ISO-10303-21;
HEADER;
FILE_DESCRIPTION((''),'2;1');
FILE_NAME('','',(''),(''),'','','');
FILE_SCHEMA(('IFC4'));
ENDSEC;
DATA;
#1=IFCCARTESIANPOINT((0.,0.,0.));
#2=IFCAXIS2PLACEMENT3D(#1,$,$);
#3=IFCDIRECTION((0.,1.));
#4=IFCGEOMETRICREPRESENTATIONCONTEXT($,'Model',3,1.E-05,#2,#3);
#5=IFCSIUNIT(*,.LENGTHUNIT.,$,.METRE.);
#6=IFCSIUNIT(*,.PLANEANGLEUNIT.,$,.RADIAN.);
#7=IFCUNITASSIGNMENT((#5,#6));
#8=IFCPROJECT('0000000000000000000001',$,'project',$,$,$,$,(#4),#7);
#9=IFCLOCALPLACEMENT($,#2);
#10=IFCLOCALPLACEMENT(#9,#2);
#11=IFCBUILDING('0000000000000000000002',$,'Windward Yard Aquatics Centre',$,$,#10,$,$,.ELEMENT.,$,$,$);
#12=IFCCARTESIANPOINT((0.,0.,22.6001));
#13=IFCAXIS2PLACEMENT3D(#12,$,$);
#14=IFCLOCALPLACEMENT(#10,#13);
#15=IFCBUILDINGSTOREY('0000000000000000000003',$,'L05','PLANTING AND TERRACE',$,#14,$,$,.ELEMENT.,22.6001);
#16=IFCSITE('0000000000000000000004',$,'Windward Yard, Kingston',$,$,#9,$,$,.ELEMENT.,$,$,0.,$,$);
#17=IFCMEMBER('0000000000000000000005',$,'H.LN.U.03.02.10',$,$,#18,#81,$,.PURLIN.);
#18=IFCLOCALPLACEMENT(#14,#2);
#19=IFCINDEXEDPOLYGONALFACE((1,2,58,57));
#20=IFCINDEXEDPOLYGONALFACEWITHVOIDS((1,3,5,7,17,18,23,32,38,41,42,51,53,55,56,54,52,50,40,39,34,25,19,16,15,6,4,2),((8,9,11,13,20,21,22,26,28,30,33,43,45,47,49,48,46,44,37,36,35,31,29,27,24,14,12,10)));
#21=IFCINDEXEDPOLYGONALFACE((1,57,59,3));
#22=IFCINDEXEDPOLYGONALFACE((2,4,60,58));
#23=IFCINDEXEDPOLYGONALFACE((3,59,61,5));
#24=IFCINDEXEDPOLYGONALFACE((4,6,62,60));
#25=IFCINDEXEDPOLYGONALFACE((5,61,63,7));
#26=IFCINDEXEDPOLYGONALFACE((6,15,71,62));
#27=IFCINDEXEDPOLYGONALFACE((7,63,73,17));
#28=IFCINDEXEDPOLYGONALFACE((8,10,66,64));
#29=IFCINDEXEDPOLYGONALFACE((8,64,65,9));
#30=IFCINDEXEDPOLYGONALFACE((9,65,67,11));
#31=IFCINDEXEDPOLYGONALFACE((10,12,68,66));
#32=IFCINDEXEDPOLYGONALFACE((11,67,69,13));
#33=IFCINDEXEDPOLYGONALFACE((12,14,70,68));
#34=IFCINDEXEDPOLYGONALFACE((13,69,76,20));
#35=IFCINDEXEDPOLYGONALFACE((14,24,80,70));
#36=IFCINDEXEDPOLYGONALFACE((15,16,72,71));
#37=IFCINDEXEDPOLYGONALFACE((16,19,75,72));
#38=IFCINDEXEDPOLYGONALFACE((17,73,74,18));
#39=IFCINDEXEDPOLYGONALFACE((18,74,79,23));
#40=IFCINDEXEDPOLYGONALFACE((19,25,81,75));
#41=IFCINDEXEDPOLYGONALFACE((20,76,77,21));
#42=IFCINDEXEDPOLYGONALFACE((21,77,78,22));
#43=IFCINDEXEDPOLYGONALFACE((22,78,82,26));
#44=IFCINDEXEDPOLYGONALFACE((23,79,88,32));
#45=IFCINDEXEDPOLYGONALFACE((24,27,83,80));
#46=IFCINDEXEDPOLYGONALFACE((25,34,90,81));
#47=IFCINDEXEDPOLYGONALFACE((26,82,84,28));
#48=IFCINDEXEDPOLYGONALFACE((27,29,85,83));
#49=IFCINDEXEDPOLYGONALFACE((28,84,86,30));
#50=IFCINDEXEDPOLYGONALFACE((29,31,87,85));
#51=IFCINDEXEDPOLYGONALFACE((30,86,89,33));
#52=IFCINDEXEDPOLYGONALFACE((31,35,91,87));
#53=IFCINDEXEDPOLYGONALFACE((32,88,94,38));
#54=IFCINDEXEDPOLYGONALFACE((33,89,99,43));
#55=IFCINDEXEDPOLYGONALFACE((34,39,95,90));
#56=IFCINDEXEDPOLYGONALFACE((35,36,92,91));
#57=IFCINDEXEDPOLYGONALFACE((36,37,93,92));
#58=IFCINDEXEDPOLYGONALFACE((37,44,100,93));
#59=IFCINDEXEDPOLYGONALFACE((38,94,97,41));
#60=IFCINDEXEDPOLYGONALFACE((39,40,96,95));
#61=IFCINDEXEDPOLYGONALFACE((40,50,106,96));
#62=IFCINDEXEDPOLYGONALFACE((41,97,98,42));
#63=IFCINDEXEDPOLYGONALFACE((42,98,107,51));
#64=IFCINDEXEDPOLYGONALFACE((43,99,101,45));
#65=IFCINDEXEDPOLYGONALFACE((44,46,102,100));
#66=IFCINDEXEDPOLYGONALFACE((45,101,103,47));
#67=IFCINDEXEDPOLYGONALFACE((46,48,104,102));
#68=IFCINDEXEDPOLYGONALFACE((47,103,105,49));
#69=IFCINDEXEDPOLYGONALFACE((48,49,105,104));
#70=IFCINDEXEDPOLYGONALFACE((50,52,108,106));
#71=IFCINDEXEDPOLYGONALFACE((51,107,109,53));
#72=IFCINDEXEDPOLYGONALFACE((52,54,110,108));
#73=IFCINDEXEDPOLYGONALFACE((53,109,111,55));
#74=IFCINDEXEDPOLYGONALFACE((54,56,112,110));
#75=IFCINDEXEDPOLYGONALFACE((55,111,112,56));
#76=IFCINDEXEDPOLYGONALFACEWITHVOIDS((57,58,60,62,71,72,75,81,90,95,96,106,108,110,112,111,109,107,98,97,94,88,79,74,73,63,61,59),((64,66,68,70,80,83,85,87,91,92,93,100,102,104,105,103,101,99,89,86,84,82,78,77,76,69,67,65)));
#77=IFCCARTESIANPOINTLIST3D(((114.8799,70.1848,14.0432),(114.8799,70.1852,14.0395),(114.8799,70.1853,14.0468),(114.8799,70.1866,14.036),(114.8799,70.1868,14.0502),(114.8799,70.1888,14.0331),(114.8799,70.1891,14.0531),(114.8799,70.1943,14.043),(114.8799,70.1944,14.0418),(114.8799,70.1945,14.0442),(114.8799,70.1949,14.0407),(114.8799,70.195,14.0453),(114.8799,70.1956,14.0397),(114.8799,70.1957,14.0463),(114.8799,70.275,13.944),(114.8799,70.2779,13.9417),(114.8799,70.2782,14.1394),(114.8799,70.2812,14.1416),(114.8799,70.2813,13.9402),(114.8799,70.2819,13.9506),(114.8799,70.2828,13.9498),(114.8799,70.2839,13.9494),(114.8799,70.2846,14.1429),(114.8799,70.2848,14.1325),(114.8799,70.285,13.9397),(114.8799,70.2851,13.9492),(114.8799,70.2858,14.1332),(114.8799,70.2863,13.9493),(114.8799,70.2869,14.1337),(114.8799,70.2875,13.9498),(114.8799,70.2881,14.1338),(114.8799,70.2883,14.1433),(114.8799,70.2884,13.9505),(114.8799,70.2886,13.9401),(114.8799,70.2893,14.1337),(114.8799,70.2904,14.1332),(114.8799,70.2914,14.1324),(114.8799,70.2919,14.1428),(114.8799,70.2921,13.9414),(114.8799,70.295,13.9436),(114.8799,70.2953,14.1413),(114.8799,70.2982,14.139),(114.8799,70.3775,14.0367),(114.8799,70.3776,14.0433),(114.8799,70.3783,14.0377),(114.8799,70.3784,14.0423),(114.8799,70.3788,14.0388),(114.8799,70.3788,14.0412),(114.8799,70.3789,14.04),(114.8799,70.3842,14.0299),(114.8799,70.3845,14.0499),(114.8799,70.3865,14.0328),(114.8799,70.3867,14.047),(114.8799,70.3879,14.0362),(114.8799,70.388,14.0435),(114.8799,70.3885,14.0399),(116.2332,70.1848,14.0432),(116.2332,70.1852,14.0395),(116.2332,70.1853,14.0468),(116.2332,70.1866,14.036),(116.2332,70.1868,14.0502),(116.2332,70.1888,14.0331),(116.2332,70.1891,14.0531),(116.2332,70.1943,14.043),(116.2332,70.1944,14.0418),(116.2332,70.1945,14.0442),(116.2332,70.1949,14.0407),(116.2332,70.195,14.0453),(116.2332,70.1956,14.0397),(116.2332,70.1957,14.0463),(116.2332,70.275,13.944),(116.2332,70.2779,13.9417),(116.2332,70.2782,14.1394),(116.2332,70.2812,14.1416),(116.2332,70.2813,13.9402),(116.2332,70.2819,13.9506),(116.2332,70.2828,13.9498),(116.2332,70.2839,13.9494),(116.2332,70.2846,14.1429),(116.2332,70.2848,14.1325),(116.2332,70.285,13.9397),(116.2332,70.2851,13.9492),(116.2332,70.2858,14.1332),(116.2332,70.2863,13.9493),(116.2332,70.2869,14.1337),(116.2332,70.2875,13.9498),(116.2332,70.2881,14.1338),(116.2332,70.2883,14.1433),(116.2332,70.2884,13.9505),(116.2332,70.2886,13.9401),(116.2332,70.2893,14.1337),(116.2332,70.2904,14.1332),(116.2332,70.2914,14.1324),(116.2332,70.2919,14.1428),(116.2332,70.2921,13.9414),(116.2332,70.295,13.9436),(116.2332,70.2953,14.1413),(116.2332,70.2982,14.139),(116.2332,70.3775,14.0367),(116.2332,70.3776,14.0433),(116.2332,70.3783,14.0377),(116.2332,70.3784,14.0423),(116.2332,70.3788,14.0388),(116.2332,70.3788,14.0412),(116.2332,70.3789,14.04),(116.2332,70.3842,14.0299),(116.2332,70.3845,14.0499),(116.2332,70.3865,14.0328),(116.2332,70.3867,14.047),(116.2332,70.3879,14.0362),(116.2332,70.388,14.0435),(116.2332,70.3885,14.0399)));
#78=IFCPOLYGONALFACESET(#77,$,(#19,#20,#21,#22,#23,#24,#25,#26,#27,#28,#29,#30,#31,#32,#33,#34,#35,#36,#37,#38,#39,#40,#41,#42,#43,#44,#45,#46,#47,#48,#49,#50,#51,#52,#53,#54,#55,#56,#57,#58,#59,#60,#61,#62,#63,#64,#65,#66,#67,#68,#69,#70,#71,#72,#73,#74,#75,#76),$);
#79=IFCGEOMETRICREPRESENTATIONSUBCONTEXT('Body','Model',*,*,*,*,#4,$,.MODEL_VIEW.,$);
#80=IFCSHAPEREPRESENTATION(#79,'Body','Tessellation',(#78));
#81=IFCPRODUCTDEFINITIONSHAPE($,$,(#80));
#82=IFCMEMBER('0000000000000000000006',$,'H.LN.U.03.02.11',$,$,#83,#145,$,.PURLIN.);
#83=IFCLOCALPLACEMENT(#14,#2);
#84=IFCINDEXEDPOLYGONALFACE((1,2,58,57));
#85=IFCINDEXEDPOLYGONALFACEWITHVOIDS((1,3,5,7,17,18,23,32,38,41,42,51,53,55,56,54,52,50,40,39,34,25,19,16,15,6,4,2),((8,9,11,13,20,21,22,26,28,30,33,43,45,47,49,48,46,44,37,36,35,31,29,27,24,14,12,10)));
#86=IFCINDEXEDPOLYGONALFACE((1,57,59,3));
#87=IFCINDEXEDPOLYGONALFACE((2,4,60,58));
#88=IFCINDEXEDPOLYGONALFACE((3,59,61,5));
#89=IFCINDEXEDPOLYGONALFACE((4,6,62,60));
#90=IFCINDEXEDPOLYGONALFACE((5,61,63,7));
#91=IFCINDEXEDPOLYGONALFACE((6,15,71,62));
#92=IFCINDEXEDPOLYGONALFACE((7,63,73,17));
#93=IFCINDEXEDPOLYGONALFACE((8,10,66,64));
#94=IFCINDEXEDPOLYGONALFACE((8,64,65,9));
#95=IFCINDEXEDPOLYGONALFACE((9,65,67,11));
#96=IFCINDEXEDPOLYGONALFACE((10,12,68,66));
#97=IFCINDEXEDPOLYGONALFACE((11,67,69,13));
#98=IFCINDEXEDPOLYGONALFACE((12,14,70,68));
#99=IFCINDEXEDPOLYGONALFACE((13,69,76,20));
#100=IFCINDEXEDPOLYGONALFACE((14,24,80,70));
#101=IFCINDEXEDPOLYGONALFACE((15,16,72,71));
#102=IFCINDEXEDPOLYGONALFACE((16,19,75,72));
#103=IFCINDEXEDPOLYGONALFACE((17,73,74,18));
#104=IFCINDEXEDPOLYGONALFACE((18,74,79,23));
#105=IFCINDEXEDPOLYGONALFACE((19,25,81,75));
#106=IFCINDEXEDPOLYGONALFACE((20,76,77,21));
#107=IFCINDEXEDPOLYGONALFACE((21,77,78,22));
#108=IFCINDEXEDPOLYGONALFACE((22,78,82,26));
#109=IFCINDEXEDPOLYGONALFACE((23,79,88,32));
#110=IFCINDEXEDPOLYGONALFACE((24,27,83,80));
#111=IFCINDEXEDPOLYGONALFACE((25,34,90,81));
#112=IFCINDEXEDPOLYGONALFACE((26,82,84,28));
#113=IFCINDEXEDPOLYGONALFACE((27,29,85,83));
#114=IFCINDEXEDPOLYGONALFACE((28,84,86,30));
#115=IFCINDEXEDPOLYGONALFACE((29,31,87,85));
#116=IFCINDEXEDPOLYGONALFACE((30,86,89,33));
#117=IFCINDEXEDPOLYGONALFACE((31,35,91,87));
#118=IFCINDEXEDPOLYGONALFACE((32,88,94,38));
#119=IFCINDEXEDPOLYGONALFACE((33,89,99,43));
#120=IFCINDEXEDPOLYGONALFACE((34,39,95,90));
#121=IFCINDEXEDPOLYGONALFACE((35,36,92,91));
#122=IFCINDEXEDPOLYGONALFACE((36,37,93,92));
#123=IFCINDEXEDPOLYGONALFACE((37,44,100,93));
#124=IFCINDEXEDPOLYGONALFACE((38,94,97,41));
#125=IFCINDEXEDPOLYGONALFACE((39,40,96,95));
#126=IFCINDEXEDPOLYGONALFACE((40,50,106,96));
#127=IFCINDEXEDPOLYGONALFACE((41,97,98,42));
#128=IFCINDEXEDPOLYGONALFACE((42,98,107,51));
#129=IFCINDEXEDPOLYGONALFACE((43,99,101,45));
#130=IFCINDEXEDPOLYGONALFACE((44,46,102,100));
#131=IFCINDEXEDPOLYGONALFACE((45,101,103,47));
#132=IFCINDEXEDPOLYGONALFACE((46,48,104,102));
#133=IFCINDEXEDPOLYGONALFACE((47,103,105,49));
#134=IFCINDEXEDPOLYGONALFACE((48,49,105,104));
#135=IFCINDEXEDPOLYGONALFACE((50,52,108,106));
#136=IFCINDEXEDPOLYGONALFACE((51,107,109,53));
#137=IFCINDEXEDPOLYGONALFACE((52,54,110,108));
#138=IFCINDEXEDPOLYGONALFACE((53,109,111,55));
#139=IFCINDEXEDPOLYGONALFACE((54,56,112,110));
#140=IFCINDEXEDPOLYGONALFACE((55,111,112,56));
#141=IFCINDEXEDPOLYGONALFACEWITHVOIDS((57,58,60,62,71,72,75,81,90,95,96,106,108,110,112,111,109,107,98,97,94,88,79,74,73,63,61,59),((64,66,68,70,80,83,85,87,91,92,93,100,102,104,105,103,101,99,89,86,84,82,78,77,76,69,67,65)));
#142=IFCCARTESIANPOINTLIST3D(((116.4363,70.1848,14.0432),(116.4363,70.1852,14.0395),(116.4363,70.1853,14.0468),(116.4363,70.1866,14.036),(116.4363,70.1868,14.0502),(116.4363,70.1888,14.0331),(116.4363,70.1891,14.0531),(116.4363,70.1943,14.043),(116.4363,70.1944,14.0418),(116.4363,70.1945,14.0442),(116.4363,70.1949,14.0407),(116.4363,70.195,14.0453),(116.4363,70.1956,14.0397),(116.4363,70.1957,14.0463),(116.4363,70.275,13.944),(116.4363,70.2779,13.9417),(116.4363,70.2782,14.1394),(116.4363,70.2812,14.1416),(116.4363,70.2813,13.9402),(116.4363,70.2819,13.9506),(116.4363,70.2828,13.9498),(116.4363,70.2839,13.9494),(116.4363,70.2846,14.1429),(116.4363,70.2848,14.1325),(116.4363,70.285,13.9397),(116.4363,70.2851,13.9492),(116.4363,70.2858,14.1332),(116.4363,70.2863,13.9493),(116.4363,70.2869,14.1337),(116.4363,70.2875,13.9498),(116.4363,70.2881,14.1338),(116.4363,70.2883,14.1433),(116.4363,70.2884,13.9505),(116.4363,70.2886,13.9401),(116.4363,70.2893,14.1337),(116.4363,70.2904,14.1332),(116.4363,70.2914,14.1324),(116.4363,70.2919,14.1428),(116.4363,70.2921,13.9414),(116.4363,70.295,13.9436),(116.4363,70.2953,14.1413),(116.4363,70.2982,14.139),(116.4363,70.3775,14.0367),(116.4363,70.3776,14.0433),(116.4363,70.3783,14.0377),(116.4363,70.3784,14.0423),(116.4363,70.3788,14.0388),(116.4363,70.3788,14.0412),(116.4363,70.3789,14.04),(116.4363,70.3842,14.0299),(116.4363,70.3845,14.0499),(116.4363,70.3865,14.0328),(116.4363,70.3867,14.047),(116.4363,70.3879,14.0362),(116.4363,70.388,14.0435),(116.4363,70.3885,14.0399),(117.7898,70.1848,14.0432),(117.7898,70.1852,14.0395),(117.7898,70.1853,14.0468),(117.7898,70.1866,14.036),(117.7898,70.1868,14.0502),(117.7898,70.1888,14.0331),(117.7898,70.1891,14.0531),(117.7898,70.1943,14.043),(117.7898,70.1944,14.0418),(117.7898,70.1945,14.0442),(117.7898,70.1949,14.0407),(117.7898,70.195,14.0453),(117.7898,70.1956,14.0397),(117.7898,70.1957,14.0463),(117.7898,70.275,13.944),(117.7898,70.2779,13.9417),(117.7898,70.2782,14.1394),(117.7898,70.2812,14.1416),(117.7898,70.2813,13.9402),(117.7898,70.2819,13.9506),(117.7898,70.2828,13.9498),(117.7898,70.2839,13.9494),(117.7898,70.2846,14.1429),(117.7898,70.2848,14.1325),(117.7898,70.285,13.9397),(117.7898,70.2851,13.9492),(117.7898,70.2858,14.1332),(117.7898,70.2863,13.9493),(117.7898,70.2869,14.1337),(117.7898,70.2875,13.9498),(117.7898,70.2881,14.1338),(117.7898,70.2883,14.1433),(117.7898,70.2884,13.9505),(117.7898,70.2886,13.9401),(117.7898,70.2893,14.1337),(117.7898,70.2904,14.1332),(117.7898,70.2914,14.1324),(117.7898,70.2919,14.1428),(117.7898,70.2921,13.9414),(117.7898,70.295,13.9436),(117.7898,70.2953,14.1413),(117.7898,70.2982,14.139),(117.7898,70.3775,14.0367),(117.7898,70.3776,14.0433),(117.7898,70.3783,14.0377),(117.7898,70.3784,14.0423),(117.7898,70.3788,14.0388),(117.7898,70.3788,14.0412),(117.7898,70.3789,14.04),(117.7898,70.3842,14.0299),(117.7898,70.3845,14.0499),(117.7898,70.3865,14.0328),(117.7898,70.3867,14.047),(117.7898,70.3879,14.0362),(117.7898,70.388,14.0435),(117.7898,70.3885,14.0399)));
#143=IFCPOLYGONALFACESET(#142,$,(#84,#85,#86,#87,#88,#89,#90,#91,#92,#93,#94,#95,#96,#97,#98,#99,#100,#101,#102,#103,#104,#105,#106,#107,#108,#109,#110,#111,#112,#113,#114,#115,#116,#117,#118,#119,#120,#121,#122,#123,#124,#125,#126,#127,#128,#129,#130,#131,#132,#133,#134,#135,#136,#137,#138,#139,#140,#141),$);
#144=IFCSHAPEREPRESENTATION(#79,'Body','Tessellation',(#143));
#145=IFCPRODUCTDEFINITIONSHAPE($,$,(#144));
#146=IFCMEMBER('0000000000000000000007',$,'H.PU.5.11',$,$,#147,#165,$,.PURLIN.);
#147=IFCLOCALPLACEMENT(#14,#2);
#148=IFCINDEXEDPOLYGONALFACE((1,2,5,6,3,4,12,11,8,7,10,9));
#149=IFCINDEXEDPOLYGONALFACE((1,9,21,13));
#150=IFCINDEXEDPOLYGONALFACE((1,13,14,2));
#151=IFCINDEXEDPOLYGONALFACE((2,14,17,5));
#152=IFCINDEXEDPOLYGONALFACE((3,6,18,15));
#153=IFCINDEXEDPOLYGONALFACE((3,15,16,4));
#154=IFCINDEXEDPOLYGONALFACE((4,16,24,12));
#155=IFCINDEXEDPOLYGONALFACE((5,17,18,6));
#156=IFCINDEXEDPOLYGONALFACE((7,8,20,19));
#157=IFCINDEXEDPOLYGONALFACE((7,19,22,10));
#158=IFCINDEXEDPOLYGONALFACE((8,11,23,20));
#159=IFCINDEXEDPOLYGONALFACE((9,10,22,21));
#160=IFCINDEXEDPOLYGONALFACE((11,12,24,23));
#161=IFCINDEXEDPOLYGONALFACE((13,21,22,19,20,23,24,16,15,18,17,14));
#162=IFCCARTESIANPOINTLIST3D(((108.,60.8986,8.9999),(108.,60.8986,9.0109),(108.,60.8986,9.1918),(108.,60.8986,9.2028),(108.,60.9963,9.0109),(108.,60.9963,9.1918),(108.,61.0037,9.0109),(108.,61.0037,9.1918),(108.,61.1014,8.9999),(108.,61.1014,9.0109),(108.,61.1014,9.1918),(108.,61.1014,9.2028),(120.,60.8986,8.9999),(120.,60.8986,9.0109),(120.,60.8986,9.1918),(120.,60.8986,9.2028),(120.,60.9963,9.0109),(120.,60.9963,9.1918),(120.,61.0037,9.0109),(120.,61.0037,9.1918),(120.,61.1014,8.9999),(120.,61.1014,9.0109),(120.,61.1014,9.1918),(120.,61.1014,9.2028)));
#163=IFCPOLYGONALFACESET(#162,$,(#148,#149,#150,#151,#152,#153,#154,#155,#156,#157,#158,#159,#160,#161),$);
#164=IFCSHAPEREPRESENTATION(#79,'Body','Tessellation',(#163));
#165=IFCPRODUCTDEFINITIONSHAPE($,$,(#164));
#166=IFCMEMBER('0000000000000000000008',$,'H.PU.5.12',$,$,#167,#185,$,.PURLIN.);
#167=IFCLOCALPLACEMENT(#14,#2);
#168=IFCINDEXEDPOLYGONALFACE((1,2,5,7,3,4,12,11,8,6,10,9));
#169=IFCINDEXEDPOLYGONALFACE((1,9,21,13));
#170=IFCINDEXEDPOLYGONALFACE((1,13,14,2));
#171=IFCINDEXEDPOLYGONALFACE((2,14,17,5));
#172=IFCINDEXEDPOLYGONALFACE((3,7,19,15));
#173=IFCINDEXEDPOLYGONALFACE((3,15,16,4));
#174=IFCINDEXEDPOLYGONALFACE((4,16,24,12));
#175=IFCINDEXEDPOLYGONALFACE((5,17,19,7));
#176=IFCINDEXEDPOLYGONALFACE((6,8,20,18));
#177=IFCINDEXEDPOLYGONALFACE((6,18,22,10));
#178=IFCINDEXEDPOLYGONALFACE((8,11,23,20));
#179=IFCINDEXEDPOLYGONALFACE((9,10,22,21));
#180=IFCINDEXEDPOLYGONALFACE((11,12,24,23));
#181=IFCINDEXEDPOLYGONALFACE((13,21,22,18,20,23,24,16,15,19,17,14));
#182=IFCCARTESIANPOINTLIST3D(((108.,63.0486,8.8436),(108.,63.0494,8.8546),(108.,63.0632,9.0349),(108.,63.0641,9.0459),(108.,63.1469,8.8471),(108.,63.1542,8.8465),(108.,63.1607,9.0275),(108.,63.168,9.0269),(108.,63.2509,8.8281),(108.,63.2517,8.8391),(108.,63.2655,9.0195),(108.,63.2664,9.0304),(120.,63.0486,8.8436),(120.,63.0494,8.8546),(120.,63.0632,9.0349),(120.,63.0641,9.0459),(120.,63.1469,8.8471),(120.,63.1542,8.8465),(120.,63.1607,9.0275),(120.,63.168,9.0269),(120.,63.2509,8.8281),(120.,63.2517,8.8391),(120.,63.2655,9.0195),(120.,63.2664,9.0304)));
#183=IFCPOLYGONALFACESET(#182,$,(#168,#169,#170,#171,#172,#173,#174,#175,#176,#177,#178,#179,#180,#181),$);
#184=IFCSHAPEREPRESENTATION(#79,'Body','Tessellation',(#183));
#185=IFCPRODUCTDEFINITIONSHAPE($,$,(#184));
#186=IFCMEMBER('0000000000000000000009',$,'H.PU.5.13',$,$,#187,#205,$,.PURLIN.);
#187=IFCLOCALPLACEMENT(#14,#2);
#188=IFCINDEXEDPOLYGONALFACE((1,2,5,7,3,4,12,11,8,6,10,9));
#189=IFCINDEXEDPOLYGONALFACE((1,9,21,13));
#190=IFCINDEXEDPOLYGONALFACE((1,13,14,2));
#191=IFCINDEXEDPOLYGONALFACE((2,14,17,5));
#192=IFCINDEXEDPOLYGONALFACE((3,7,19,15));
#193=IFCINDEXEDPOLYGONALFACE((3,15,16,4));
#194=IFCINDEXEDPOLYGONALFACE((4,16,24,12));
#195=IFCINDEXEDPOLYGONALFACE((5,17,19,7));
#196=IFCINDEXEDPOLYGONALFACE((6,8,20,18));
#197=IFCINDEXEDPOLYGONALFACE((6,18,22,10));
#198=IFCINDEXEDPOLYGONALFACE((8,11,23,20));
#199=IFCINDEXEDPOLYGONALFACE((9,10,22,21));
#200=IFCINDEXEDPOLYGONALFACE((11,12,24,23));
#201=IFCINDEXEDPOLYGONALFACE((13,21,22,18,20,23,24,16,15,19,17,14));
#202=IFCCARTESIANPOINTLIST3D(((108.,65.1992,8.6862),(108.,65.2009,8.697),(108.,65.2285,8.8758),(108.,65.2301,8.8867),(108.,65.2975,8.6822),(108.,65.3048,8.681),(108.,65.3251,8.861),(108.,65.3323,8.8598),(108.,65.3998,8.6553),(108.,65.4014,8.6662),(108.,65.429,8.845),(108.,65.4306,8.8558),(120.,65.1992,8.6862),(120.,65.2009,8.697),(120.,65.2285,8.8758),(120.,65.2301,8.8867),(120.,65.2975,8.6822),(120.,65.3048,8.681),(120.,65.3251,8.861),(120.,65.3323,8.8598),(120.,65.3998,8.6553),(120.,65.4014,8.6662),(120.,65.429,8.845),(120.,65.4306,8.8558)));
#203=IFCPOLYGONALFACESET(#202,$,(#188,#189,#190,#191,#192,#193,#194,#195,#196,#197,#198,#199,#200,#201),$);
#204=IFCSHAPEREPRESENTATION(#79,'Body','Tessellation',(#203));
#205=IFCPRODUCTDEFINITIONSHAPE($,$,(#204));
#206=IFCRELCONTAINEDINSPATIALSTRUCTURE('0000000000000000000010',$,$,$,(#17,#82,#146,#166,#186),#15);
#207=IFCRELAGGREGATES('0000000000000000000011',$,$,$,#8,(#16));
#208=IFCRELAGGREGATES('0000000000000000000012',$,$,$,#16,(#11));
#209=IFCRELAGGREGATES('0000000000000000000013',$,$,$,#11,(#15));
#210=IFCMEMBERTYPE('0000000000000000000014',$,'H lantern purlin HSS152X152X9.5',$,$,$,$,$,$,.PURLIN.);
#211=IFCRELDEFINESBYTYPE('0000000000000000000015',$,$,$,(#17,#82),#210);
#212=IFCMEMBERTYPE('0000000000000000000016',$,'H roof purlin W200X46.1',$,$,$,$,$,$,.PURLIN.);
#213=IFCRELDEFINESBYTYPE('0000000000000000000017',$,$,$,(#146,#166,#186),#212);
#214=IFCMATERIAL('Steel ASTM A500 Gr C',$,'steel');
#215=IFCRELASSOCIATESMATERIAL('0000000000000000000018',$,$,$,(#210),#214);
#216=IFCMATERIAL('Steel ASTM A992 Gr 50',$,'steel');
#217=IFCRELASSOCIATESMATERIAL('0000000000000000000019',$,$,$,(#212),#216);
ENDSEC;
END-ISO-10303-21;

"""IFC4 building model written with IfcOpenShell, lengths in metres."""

from ifc_helpers import new_model, si_unit, direction, frame, origin, origin_2d, place, context, subcontext, project, spatial, hollow_rectangle, i_section, extrude, material, material_profile, profile_set, type_object, element, save


model = new_model("IFC4")

# Units and contexts
model_context = context("Model", 3, precision=1e-05, world=origin(), true_north=direction((0.0, 1.0)))
body_context = subcontext(model_context, "Body", "Model", "MODEL_VIEW")
ifc_project = project(units=[si_unit("LENGTHUNIT", "METRE"), si_unit("PLANEANGLEUNIT", "RADIAN")], contexts=[model_context])

# Site, building, storey
site_placement = place(None, origin())
site = spatial("IfcSite", under=ifc_project, at=site_placement, Name="Windward Yard, Kingston", CompositionType="ELEMENT", RefElevation=0.0)
building_placement = place(site_placement, origin())
building = spatial("IfcBuilding", under=site, at=building_placement, Name="Windward Yard Aquatics Centre", CompositionType="ELEMENT")
storey_placement = place(building_placement, frame((0.0, 0.0, 22.6001)))
storey = spatial("IfcBuildingStorey", under=building, at=storey_placement, Name="L05", Description="PLANTING AND TERRACE", CompositionType="ELEMENT", Elevation=22.6001)

# Members
ifc_material_1 = material(Name="Steel ASTM A500 Gr C", Category="steel")
ifc_material_profile_1 = material_profile(ifc_material_1, hollow_rectangle(XDim=0.1523, YDim=0.1523, WallThickness=0.0095, InnerFilletRadius=0.0046, OuterFilletRadius=0.0142, at=origin_2d()), Name="HSS152X152X9.5")
ifc_profile_set_1 = profile_set([ifc_material_profile_1], Name="Steel ASTM A500 Gr C")
member_type_1 = type_object("IfcMemberType", Name="H lantern purlin HSS152X152X9.5", PredefinedType="PURLIN", material=ifc_profile_set_1)
member_1_placement = place(storey_placement, frame((114.8799, 70.2866, 14.0415), z_axis=(1.0, 0.0, 0.0), x_axis=(0.0, 0.69555, -0.718477)))
element("IfcMember", 1, at=member_1_placement, inside=storey, type_object=member_type_1, Name="H.LN.U.03.02.10", PredefinedType="PURLIN", context=body_context, shape_type="SweptSolid", body=[
    extrude(hollow_rectangle(XDim=0.1523, YDim=0.1523, WallThickness=0.0095, InnerFilletRadius=0.0046, OuterFilletRadius=0.0142, at=origin_2d()), origin(), (0.0, 0.0, 1.0), 1.3533),
])
member_2_placement = place(storey_placement, frame((116.4363, 70.2866, 14.0415), z_axis=(1.0, 0.0, 0.0), x_axis=(0.0, 0.69555, -0.718477)))
element("IfcMember", 2, at=member_2_placement, inside=storey, type_object=member_type_1, Name="H.LN.U.03.02.11", PredefinedType="PURLIN", context=body_context, shape_type="SweptSolid", body=[
    extrude(hollow_rectangle(XDim=0.1523, YDim=0.1523, WallThickness=0.0095, InnerFilletRadius=0.0046, OuterFilletRadius=0.0142, at=origin_2d()), origin(), (0.0, 0.0, 1.0), 1.3535),
])
ifc_material_2 = material(Name="Steel ASTM A992 Gr 50", Category="steel")
ifc_material_profile_2 = material_profile(ifc_material_2, i_section(OverallWidth=0.2029, OverallDepth=0.2029, WebThickness=0.0073, FlangeThickness=0.011, at=origin_2d()), Name="W200X46.1")
ifc_profile_set_2 = profile_set([ifc_material_profile_2], Name="Steel ASTM A992 Gr 50")
member_type_2 = type_object("IfcMemberType", Name="H roof purlin W200X46.1", PredefinedType="PURLIN", material=ifc_profile_set_2)
for number, where, z_axis, x_axis, name in (
    (3, (108.0, 61.0, 9.1013), (1.0, 0.0, 0.0), (0.0, 1.0, 0.0), "H.PU.5.11"),
    (4, (108.0, 63.1575, 8.937), (1.0, 0.0, 0.0), (0.0, 0.997081, -0.076354), "H.PU.5.12"),
    (5, (108.0, 65.3149, 8.771), (1.0, 0.0, 0.0), (0.0, 0.98834, -0.152262), "H.PU.5.13"),
):
    element("IfcMember", number, at=place(storey_placement, frame(where, z_axis=z_axis, x_axis=x_axis)), inside=storey, type_object=member_type_2, Name=name, PredefinedType="PURLIN", context=body_context, shape_type="SweptSolid", body=[
        extrude(i_section(OverallWidth=0.2029, OverallDepth=0.2029, WebThickness=0.0073, FlangeThickness=0.011, at=origin_2d()), origin(), (0.0, 0.0, 1.0), 12.0),
    ])

save(model, "model.ifc")
